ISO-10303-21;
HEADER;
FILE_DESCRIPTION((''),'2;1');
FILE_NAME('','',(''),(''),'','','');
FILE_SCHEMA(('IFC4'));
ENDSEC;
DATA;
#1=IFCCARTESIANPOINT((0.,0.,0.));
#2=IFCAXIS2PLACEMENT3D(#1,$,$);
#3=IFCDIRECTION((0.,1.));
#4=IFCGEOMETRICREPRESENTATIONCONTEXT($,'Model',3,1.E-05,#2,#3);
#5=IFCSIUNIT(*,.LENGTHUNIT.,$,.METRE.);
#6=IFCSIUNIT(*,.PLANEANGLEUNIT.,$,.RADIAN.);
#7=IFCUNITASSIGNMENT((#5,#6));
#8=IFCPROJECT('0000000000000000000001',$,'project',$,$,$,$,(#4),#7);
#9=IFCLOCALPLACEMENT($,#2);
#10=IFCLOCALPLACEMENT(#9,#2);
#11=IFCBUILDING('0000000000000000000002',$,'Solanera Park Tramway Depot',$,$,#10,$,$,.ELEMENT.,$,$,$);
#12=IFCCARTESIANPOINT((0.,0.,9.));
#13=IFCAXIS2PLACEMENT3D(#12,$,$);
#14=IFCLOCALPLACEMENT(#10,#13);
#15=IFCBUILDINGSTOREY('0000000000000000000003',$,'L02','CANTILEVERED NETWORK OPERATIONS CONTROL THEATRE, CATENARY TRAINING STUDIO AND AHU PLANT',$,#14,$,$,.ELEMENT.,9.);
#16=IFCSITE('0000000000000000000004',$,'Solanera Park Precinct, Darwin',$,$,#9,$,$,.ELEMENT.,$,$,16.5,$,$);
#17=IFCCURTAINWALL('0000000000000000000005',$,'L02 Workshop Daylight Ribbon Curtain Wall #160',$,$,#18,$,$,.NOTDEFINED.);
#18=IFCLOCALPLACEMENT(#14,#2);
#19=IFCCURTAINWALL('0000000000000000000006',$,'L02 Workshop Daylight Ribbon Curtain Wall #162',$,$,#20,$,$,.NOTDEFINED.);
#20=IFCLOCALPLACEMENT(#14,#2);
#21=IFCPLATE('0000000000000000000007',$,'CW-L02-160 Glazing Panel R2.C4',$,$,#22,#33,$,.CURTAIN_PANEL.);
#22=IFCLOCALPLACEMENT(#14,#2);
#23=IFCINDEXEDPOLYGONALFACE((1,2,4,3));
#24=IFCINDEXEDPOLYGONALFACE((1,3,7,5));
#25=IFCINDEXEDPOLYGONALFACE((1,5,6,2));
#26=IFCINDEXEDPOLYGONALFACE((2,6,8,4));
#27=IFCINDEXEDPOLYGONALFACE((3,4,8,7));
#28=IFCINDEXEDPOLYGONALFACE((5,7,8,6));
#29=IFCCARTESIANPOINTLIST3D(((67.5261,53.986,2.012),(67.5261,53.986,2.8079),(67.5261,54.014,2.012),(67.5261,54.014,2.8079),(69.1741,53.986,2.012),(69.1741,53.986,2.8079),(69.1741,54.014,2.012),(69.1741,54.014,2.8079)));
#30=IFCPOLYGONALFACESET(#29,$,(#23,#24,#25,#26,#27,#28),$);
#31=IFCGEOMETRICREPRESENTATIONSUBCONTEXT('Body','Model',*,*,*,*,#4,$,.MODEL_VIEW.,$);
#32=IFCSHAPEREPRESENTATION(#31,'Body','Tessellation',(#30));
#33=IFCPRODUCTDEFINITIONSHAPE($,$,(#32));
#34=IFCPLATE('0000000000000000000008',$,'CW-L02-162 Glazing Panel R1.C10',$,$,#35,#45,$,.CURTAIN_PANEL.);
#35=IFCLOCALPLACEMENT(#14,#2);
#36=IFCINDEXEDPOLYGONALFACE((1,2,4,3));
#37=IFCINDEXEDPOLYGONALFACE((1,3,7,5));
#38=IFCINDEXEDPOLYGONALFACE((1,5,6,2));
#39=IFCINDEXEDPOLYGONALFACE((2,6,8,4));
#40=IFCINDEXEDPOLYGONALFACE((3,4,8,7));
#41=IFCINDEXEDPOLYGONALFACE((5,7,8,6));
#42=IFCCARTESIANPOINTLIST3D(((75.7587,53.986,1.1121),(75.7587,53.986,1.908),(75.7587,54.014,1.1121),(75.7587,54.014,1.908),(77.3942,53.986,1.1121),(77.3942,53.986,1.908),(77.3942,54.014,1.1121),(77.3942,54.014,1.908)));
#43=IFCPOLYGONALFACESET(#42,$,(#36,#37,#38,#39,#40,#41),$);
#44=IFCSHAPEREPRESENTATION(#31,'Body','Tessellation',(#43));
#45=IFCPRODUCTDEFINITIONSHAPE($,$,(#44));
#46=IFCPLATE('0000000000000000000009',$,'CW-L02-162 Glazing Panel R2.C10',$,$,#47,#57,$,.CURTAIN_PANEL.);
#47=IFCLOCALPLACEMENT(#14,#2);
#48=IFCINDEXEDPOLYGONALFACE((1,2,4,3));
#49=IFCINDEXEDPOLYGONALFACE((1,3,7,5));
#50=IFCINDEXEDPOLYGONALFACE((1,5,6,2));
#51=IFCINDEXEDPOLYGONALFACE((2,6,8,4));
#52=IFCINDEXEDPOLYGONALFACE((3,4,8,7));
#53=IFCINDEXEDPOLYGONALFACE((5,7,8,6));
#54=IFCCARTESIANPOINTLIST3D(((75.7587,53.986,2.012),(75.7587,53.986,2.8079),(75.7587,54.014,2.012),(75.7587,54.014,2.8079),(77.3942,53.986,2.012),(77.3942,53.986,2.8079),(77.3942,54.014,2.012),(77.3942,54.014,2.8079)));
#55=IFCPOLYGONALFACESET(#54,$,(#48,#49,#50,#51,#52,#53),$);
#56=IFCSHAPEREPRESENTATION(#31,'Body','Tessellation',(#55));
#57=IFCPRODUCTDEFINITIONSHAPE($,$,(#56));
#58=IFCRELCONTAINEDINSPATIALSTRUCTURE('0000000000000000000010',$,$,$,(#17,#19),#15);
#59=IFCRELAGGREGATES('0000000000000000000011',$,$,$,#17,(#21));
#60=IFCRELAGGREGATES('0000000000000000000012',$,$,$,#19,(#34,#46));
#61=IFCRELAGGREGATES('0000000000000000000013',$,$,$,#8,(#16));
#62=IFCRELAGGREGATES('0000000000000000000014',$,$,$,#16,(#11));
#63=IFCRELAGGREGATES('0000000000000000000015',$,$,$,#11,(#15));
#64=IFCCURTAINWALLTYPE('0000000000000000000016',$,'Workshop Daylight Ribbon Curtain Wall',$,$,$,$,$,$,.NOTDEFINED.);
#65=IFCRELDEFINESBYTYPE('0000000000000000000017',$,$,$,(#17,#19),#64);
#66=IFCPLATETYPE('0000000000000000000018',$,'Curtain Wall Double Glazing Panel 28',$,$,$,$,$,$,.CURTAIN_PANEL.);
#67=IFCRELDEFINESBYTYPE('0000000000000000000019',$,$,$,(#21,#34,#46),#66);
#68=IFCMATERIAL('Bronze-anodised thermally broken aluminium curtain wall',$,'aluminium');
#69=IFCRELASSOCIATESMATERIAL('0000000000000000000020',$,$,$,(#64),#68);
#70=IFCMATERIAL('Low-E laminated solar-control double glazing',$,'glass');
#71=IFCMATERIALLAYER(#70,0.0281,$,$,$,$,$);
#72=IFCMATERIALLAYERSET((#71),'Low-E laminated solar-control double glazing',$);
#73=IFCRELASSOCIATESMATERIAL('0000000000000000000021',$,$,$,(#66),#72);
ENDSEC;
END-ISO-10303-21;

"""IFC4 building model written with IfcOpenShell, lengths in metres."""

from ifc_helpers import new_model, si_unit, direction, frame, origin, origin_2d, place, context, subcontext, project, spatial, rectangle, extrude, material, layer, layer_set, type_object, element, aggregate, save


model = new_model("IFC4")

# Units and contexts
model_context = context("Model", 3, precision=1e-05, world=origin(), true_north=direction((0.0, 1.0)))
body_context = subcontext(model_context, "Body", "Model", "MODEL_VIEW")
ifc_project = project(units=[si_unit("LENGTHUNIT", "METRE"), si_unit("PLANEANGLEUNIT", "RADIAN")], contexts=[model_context])

# Site, building, storey
site_placement = place(None, origin())
site = spatial("IfcSite", under=ifc_project, at=site_placement, Name="Solanera Park Precinct, Darwin", CompositionType="ELEMENT", RefElevation=16.5)
building_placement = place(site_placement, origin())
building = spatial("IfcBuilding", under=site, at=building_placement, Name="Solanera Park Tramway Depot", CompositionType="ELEMENT")
storey_placement = place(building_placement, frame((0.0, 0.0, 9.0)))
storey = spatial("IfcBuildingStorey", under=building, at=storey_placement, Name="L02", Description="CANTILEVERED NETWORK OPERATIONS CONTROL THEATRE, CATENARY TRAINING STUDIO AND AHU PLANT", CompositionType="ELEMENT", Elevation=9.0)

# Curtain wall
ifc_material_1 = material(Name="Bronze-anodised thermally broken aluminium curtain wall", Category="aluminium")
curtain_wall_type = type_object("IfcCurtainWallType", Name="Workshop Daylight Ribbon Curtain Wall", PredefinedType="NOTDEFINED", material=ifc_material_1)
curtain_wall_1_placement = place(storey_placement, origin())
curtain_wall_1 = element("IfcCurtainWall", 1, at=curtain_wall_1_placement, inside=storey, type_object=curtain_wall_type, Name="L02 Workshop Daylight Ribbon Curtain Wall #160", PredefinedType="NOTDEFINED")

# Curtain wall
curtain_wall_2_placement = place(storey_placement, origin())
curtain_wall_2 = element("IfcCurtainWall", 2, at=curtain_wall_2_placement, inside=storey, type_object=curtain_wall_type, Name="L02 Workshop Daylight Ribbon Curtain Wall #162", PredefinedType="NOTDEFINED")

# Plates
ifc_material_2 = material(Name="Low-E laminated solar-control double glazing", Category="glass")
ifc_layer = layer(ifc_material_2, 0.0281)
ifc_layer_set = layer_set([ifc_layer], Name="Low-E laminated solar-control double glazing")
plate_type = type_object("IfcPlateType", Name="Curtain Wall Double Glazing Panel 28", PredefinedType="CURTAIN_PANEL", material=ifc_layer_set)
plate_1_placement = place(storey_placement, frame((68.3501, 54.0, 2.012), z_axis=(0.0, 0.0, 1.0), x_axis=(-1.0, 0.0, 0.0)))
plate_1 = element("IfcPlate", 3, at=plate_1_placement, type_object=plate_type, Name="CW-L02-160 Glazing Panel R2.C4", PredefinedType="CURTAIN_PANEL", context=body_context, shape_type="SweptSolid", body=[
    extrude(rectangle(XDim=1.6479, YDim=0.0281, at=origin_2d()), origin(), (0.0, 0.0, 1.0), 0.7959),
])
aggregate(curtain_wall_1, [plate_1])
plate_2_placement = place(storey_placement, frame((76.5764, 54.0, 1.1121), z_axis=(0.0, 0.0, 1.0), x_axis=(-1.0, 0.0, 0.0)))
plate_2 = element("IfcPlate", 4, at=plate_2_placement, type_object=plate_type, Name="CW-L02-162 Glazing Panel R1.C10", PredefinedType="CURTAIN_PANEL", context=body_context, shape_type="SweptSolid", body=[
    extrude(rectangle(XDim=1.6355, YDim=0.0281, at=origin_2d()), origin(), (0.0, 0.0, 1.0), 0.7959),
])
plate_3_placement = place(storey_placement, frame((76.5764, 54.0, 2.012), z_axis=(0.0, 0.0, 1.0), x_axis=(-1.0, 0.0, 0.0)))
plate_3 = element("IfcPlate", 5, at=plate_3_placement, type_object=plate_type, Name="CW-L02-162 Glazing Panel R2.C10", PredefinedType="CURTAIN_PANEL", context=body_context, shape_type="SweptSolid", body=[
    extrude(rectangle(XDim=1.6355, YDim=0.0281, at=origin_2d()), origin(), (0.0, 0.0, 1.0), 0.7959),
])
aggregate(curtain_wall_2, [plate_2, plate_3])

save(model, "model.ifc")
